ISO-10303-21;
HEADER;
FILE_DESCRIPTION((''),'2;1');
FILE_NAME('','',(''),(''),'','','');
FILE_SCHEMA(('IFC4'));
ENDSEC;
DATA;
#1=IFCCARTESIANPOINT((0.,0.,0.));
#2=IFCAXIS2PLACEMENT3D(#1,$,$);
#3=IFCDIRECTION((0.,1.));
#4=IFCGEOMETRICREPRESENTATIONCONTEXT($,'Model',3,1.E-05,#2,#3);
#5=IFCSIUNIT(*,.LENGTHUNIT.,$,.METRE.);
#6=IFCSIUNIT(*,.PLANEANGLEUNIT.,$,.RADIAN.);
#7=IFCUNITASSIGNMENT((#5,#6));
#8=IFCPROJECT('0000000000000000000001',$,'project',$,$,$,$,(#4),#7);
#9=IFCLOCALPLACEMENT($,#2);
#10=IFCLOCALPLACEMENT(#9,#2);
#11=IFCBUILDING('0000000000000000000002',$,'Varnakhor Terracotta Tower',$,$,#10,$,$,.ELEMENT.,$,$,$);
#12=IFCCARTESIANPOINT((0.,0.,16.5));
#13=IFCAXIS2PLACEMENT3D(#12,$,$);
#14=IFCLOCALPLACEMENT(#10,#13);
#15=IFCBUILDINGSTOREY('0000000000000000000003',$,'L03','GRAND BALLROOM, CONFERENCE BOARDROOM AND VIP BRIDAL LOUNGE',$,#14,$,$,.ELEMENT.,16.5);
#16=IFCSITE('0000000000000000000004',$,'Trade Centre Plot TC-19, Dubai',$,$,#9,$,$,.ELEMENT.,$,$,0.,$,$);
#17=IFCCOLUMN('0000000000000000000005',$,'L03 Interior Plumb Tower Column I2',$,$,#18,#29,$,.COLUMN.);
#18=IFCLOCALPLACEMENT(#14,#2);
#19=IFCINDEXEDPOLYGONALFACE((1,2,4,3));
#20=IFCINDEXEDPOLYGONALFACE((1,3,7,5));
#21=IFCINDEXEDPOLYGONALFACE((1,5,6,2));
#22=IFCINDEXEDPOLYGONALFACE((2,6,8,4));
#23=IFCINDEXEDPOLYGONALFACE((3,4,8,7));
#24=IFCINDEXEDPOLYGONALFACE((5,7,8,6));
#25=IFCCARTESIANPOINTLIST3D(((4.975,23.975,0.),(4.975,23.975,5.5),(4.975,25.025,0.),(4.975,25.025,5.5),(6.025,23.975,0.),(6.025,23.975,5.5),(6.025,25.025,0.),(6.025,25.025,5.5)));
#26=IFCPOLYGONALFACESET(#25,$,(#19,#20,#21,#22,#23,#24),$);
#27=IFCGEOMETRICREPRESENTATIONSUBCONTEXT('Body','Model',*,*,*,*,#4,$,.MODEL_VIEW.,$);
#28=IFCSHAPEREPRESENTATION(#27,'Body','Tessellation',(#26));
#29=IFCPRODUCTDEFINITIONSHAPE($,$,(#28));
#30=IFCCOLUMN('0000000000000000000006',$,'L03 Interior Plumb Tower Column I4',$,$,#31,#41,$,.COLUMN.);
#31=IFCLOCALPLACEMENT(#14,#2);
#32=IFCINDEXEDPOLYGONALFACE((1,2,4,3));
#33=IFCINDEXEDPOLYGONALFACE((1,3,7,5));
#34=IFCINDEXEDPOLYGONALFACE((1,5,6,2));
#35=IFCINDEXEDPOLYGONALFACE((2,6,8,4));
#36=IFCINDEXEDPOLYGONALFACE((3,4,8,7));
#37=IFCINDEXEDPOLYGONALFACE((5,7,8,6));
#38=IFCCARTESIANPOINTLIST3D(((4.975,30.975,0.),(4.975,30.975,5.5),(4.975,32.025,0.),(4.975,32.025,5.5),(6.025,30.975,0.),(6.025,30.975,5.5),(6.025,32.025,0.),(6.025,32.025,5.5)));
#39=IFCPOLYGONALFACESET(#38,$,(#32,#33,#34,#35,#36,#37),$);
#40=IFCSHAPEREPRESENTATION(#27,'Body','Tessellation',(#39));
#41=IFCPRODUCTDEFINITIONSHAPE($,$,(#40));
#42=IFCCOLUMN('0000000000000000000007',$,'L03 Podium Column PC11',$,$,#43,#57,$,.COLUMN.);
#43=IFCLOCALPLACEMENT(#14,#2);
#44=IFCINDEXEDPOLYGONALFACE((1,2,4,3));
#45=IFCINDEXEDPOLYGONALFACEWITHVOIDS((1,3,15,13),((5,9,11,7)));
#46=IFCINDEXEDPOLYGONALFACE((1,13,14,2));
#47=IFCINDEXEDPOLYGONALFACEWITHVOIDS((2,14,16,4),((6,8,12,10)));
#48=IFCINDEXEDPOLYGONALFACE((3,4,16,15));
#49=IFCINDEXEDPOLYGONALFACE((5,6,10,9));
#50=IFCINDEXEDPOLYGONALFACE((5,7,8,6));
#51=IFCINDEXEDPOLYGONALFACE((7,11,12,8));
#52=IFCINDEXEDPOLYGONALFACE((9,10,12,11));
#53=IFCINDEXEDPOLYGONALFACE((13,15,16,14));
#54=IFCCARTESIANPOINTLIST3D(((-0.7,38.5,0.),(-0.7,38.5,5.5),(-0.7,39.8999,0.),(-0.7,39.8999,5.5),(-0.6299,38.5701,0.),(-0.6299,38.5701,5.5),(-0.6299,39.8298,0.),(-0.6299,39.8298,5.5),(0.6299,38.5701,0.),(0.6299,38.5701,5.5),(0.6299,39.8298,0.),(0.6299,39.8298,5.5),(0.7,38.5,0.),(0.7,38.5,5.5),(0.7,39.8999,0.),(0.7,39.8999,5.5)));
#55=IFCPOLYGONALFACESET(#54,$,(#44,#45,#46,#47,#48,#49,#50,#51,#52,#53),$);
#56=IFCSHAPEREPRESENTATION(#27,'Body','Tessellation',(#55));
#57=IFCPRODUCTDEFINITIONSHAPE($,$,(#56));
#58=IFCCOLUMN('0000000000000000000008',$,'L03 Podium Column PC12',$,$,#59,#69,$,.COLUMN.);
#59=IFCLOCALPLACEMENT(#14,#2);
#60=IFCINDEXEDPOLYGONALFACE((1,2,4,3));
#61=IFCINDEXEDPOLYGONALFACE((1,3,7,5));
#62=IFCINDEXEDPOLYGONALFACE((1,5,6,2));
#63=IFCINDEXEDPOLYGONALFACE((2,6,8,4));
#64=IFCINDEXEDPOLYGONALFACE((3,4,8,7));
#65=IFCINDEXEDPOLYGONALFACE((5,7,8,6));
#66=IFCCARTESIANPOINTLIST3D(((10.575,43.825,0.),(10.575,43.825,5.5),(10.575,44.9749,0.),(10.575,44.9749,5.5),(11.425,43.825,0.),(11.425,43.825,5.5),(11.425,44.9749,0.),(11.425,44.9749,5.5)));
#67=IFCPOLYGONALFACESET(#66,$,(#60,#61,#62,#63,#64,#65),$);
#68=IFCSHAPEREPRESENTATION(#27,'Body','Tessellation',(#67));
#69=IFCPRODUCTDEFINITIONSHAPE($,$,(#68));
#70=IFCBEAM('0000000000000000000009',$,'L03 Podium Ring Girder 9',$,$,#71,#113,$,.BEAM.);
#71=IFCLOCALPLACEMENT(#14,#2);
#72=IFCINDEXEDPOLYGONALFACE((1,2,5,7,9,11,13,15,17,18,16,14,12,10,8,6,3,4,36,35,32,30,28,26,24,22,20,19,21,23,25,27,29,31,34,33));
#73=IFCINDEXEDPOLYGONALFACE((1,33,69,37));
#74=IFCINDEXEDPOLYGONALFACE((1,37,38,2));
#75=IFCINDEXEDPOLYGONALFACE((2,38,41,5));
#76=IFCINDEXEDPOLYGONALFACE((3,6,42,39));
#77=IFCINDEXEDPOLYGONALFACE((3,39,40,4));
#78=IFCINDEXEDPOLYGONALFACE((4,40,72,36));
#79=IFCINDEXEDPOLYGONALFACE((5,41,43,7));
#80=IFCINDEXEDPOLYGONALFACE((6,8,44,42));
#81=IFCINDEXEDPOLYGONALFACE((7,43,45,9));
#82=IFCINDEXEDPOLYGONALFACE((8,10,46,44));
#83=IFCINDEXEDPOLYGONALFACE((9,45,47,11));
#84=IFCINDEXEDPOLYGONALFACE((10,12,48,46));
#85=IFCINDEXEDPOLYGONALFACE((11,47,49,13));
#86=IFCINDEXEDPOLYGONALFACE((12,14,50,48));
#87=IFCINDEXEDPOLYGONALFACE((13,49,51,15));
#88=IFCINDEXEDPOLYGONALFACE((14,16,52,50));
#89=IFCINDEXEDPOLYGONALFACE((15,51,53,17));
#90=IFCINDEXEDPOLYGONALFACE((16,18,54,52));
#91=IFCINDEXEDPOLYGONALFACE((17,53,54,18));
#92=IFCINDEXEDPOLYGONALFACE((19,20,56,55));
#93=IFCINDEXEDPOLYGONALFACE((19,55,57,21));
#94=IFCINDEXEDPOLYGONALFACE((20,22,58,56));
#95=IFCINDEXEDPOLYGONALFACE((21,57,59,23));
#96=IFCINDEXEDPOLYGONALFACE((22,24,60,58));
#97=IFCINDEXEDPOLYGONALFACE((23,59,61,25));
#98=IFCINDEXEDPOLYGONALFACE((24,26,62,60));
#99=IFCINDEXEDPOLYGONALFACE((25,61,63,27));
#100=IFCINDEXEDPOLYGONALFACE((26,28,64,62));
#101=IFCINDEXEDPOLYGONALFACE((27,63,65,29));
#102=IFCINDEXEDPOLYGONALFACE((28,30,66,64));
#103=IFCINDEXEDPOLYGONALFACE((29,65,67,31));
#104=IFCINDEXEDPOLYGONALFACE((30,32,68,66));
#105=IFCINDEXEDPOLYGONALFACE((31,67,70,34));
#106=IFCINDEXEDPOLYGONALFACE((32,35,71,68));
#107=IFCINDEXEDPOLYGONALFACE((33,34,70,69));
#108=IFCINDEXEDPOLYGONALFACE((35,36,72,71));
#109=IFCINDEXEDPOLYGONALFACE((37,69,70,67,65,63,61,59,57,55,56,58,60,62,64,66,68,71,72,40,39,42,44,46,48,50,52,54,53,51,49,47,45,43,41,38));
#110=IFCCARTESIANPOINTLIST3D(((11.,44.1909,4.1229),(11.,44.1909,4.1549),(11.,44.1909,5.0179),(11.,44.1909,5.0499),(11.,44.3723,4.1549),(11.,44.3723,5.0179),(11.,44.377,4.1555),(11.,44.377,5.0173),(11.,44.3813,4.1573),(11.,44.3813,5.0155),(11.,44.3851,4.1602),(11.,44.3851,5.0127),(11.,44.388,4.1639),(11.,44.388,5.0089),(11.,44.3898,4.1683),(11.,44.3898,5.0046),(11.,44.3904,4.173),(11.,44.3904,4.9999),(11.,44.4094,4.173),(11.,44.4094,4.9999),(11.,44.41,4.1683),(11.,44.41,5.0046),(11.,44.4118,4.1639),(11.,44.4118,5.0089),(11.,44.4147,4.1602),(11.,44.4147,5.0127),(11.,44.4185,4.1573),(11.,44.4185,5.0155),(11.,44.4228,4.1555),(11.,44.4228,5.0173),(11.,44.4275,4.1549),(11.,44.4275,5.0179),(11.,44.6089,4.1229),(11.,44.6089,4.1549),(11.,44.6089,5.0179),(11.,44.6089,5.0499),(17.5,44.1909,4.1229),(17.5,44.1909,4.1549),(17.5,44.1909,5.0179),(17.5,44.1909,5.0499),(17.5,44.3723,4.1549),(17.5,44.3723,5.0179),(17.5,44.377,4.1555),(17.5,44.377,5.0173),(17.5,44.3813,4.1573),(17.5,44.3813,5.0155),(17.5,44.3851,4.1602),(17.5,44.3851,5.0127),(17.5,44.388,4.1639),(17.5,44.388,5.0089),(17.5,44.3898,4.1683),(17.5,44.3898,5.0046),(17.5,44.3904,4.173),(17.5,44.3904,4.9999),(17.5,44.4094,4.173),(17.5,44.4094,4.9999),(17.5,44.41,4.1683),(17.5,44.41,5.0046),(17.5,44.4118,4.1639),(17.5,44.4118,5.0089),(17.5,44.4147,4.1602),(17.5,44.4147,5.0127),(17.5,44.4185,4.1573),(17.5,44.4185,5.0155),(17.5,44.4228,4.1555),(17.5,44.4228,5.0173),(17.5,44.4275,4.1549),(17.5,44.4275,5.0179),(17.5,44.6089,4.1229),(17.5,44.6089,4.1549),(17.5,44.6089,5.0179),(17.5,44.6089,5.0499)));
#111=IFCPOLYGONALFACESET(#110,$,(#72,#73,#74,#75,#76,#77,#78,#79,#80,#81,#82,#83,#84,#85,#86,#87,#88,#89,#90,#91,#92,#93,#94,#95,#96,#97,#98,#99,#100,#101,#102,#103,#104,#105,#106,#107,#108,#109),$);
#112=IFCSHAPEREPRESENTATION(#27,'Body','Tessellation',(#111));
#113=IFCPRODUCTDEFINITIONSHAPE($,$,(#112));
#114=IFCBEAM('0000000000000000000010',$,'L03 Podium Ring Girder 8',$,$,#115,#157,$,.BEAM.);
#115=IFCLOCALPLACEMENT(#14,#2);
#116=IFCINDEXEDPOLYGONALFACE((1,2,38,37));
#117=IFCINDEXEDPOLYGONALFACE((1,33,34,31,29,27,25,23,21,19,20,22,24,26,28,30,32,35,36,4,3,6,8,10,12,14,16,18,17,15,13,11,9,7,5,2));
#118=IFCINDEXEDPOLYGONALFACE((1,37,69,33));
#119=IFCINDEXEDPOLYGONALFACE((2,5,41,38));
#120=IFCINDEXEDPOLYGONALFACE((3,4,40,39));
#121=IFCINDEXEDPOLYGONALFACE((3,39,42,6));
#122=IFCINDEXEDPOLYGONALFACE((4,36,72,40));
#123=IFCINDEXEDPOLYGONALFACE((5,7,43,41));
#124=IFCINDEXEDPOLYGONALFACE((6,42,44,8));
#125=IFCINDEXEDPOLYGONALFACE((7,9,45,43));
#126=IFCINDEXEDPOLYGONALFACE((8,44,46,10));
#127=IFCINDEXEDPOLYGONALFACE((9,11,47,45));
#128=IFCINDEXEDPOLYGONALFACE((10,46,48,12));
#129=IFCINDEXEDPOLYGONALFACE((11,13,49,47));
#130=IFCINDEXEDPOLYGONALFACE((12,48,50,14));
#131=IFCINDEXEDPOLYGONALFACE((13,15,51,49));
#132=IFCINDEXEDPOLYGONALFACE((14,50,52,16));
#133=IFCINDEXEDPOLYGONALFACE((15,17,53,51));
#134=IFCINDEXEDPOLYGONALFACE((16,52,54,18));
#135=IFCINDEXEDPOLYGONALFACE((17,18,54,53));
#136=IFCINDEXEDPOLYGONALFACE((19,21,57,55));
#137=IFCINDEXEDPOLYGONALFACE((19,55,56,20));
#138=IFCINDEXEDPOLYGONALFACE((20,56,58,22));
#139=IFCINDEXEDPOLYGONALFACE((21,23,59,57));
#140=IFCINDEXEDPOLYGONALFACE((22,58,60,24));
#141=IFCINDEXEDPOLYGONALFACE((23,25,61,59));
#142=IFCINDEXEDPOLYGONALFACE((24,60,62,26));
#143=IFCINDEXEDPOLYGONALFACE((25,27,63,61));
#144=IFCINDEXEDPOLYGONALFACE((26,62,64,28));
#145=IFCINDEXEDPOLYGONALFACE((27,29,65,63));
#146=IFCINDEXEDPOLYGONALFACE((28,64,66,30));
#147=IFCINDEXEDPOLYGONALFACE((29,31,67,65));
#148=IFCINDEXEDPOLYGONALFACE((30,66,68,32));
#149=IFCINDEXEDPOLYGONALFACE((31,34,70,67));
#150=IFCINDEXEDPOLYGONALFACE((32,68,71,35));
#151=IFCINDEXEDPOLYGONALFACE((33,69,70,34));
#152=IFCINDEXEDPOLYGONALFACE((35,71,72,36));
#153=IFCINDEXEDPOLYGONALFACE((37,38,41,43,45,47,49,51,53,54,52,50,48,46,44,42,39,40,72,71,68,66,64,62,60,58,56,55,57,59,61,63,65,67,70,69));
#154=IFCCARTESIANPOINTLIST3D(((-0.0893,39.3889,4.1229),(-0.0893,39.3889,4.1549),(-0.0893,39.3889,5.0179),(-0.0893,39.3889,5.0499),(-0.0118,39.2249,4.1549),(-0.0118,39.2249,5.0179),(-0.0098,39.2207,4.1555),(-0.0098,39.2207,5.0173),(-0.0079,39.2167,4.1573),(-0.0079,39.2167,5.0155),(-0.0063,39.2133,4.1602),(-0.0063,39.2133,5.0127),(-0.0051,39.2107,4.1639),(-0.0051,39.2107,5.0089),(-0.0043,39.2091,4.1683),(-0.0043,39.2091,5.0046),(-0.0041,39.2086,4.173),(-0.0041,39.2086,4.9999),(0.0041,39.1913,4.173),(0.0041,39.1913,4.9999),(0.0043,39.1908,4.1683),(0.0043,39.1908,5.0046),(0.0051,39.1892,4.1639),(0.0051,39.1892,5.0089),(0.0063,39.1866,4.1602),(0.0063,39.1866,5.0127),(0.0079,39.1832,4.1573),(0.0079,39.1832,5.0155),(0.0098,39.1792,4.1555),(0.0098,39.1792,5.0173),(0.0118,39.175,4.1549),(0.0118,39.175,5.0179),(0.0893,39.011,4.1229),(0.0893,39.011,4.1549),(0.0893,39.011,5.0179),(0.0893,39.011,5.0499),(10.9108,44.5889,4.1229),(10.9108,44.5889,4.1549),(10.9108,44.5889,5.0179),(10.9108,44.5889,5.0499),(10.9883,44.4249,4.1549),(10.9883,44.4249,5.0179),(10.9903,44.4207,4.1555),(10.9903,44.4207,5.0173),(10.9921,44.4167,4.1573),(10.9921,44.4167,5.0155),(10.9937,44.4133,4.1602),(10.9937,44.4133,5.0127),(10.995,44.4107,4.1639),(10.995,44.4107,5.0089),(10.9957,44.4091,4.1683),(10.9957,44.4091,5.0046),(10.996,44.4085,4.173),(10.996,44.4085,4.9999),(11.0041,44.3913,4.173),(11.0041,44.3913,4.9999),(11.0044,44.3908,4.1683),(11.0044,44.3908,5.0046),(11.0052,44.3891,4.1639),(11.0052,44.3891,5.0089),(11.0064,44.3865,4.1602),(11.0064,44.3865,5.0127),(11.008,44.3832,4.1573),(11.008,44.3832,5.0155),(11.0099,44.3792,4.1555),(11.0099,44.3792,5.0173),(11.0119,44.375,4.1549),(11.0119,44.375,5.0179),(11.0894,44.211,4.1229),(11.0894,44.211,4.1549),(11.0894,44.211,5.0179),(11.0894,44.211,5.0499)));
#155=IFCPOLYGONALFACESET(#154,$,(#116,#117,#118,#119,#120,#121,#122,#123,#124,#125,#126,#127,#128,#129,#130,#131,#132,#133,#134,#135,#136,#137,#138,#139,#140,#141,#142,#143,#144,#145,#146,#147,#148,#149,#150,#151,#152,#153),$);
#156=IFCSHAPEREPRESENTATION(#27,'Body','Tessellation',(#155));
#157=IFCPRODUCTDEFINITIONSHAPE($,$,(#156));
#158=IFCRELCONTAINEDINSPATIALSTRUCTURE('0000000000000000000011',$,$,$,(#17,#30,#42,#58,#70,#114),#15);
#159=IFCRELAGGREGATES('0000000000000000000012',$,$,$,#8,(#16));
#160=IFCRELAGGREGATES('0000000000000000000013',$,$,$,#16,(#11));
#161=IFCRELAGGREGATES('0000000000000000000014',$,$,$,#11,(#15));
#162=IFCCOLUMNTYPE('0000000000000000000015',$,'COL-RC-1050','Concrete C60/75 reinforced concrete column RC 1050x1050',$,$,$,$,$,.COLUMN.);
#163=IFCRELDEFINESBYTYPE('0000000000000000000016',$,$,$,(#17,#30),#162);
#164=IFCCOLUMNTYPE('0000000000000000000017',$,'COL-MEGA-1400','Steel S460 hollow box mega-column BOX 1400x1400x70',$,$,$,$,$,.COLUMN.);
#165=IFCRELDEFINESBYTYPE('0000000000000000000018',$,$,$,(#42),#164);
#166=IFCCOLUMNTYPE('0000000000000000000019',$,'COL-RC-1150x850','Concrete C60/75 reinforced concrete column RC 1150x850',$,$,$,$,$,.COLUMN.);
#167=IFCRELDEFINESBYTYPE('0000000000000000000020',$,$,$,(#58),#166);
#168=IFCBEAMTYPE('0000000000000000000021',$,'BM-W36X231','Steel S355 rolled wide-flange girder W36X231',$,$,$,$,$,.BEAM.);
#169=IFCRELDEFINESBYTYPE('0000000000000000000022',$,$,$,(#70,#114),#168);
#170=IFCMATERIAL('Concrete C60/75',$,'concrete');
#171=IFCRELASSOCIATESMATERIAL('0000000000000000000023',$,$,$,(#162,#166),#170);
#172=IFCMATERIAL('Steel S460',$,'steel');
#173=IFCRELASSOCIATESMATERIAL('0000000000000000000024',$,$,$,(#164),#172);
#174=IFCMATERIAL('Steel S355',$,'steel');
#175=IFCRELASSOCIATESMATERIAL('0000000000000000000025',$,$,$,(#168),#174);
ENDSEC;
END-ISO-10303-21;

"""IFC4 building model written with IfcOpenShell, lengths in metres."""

from ifc_helpers import new_model, si_unit, direction, frame, origin, origin_2d, place, context, subcontext, project, spatial, rectangle, hollow_rectangle, i_section, extrude, source, transform, mapped, material, material_profile, profile_set, type_object, type_shapes, element, save


model = new_model("IFC4")

# Units and contexts
model_context = context("Model", 3, precision=1e-05, world=origin(), true_north=direction((0.0, 1.0)))
body_context = subcontext(model_context, "Body", "Model", "MODEL_VIEW")
ifc_project = project(units=[si_unit("LENGTHUNIT", "METRE"), si_unit("PLANEANGLEUNIT", "RADIAN")], contexts=[model_context])

# Site, building, storey
site_placement = place(None, origin())
site = spatial("IfcSite", under=ifc_project, at=site_placement, Name="Trade Centre Plot TC-19, Dubai", CompositionType="ELEMENT", RefElevation=0.0)
building_placement = place(site_placement, origin())
building = spatial("IfcBuilding", under=site, at=building_placement, Name="Varnakhor Terracotta Tower", CompositionType="ELEMENT")
storey_placement = place(building_placement, frame((0.0, 0.0, 16.5)))
storey = spatial("IfcBuildingStorey", under=building, at=storey_placement, Name="L03", Description="GRAND BALLROOM, CONFERENCE BOARDROOM AND VIP BRIDAL LOUNGE", CompositionType="ELEMENT", Elevation=16.5)

# Columns
ifc_material_1 = material(Name="Concrete C60/75", Category="concrete")
ifc_material_profile_1 = material_profile(ifc_material_1, rectangle(XDim=1.05, YDim=1.05, at=origin_2d()), Name="RC 1050x1050")
ifc_profile_set_1 = profile_set([ifc_material_profile_1], Name="Concrete C60/75")
column_type_1 = type_object("IfcColumnType", Name="COL-RC-1050", Description="Concrete C60/75 reinforced concrete column RC 1050x1050", PredefinedType="COLUMN", material=ifc_profile_set_1)
shared_shape_1 = source(origin(), body_context, "Body", "SweptSolid", [
    extrude(rectangle(XDim=1.05, YDim=1.05, at=origin_2d()), origin(), (0.0, 0.0, 1.0), 5.5),
])
type_shapes(column_type_1, [shared_shape_1])
for number, where, z_axis, x_axis, name in (
    (1, (5.5, 24.5, 0.0), (0.0, 0.0, 1.0), (1.0, 0.0, 0.0), "L03 Interior Plumb Tower Column I2"),
    (2, (5.5, 31.5, 0.0), (0.0, 0.0, 1.0), (1.0, 0.0, 0.0), "L03 Interior Plumb Tower Column I4"),
):
    element("IfcColumn", number, at=place(storey_placement, frame(where, z_axis=z_axis, x_axis=x_axis)), inside=storey, type_object=column_type_1, Name=name, PredefinedType="COLUMN", context=body_context, shape_type="MappedRepresentation", body=[
        mapped(shared_shape_1, transform((0.0, 0.0, 0.0), scale=1.0)),
    ])
ifc_material_2 = material(Name="Steel S460", Category="steel")
ifc_material_profile_2 = material_profile(ifc_material_2, hollow_rectangle(XDim=1.3999, YDim=1.3999, WallThickness=0.0701, at=origin_2d()), Name="BOX 1400x1400x70")
ifc_profile_set_2 = profile_set([ifc_material_profile_2], Name="Steel S460")
column_type_2 = type_object("IfcColumnType", Name="COL-MEGA-1400", Description="Steel S460 hollow box mega-column BOX 1400x1400x70", PredefinedType="COLUMN", material=ifc_profile_set_2)
shared_shape_2 = source(origin(), body_context, "Body", "SweptSolid", [
    extrude(hollow_rectangle(XDim=1.3999, YDim=1.3999, WallThickness=0.0701, at=origin_2d()), origin(), (0.0, 0.0, 1.0), 5.5),
])
column_1_placement = place(storey_placement, frame((0.0, 39.2, 0.0), z_axis=(0.0, 0.0, 1.0), x_axis=(1.0, 0.0, 0.0)))
element("IfcColumn", 3, at=column_1_placement, inside=storey, type_object=column_type_2, Name="L03 Podium Column PC11", PredefinedType="COLUMN", context=body_context, shape_type="MappedRepresentation", body=[
    mapped(shared_shape_2, transform((0.0, 0.0, 0.0), scale=1.0)),
])
ifc_material_profile_3 = material_profile(ifc_material_1, rectangle(XDim=0.8501, YDim=1.1499, at=origin_2d()), Name="RC 1150x850")
ifc_profile_set_3 = profile_set([ifc_material_profile_3], Name="Concrete C60/75")
column_type_3 = type_object("IfcColumnType", Name="COL-RC-1150x850", Description="Concrete C60/75 reinforced concrete column RC 1150x850", PredefinedType="COLUMN", material=ifc_profile_set_3)
shared_shape_3 = source(origin(), body_context, "Body", "SweptSolid", [
    extrude(rectangle(XDim=0.8501, YDim=1.1499, at=origin_2d()), origin(), (0.0, 0.0, 1.0), 5.5),
])
column_2_placement = place(storey_placement, frame((11.0, 44.3999, 0.0), z_axis=(0.0, 0.0, 1.0), x_axis=(1.0, 0.0, 0.0)))
element("IfcColumn", 4, at=column_2_placement, inside=storey, type_object=column_type_3, Name="L03 Podium Column PC12", PredefinedType="COLUMN", context=body_context, shape_type="MappedRepresentation", body=[
    mapped(shared_shape_3, transform((0.0, 0.0, 0.0), scale=1.0)),
])

# Beams
ifc_material_3 = material(Name="Steel S355", Category="steel")
ifc_material_profile_4 = material_profile(ifc_material_3, i_section(OverallWidth=0.418, OverallDepth=0.927, WebThickness=0.019, FlangeThickness=0.032, FilletRadius=0.0181, at=origin_2d()), Name="W36X231")
ifc_profile_set_4 = profile_set([ifc_material_profile_4], Name="Steel S355")
beam_type_1 = type_object("IfcBeamType", Name="BM-W36X231", Description="Steel S355 rolled wide-flange girder W36X231", PredefinedType="BEAM", material=ifc_profile_set_4)
shared_shape_4 = source(origin(), body_context, "Body", "SweptSolid", [
    extrude(i_section(OverallWidth=0.418, OverallDepth=0.927, WebThickness=0.019, FlangeThickness=0.032, FilletRadius=0.0181, at=origin_2d()), origin(), (0.0, 0.0, 1.0), 6.5),
])
beam_1_placement = place(storey_placement, frame((11.0, 44.3999, 4.5864), z_axis=(1.0, 0.0, 0.0), x_axis=(0.0, 1.0, 0.0)))
element("IfcBeam", 5, at=beam_1_placement, inside=storey, type_object=beam_type_1, Name="L03 Podium Ring Girder 9", PredefinedType="BEAM", context=body_context, shape_type="MappedRepresentation", body=[
    mapped(shared_shape_4, transform((0.0, 0.0, 0.0), scale=1.0)),
])
shared_shape_5 = source(origin(), body_context, "Body", "SweptSolid", [
    extrude(i_section(OverallWidth=0.418, OverallDepth=0.927, WebThickness=0.019, FlangeThickness=0.032, FilletRadius=0.0181, at=origin_2d()), origin(), (0.0, 0.0, 1.0), 12.1672),
])
beam_2_placement = place(storey_placement, frame((0.0, 39.2, 4.5864), z_axis=(0.904074, 0.427376, 0.0), x_axis=(-0.427376, 0.904074, 0.0)))
element("IfcBeam", 6, at=beam_2_placement, inside=storey, type_object=beam_type_1, Name="L03 Podium Ring Girder 8", PredefinedType="BEAM", context=body_context, shape_type="MappedRepresentation", body=[
    mapped(shared_shape_5, transform((0.0, 0.0, 0.0), scale=1.0)),
])

save(model, "model.ifc")
